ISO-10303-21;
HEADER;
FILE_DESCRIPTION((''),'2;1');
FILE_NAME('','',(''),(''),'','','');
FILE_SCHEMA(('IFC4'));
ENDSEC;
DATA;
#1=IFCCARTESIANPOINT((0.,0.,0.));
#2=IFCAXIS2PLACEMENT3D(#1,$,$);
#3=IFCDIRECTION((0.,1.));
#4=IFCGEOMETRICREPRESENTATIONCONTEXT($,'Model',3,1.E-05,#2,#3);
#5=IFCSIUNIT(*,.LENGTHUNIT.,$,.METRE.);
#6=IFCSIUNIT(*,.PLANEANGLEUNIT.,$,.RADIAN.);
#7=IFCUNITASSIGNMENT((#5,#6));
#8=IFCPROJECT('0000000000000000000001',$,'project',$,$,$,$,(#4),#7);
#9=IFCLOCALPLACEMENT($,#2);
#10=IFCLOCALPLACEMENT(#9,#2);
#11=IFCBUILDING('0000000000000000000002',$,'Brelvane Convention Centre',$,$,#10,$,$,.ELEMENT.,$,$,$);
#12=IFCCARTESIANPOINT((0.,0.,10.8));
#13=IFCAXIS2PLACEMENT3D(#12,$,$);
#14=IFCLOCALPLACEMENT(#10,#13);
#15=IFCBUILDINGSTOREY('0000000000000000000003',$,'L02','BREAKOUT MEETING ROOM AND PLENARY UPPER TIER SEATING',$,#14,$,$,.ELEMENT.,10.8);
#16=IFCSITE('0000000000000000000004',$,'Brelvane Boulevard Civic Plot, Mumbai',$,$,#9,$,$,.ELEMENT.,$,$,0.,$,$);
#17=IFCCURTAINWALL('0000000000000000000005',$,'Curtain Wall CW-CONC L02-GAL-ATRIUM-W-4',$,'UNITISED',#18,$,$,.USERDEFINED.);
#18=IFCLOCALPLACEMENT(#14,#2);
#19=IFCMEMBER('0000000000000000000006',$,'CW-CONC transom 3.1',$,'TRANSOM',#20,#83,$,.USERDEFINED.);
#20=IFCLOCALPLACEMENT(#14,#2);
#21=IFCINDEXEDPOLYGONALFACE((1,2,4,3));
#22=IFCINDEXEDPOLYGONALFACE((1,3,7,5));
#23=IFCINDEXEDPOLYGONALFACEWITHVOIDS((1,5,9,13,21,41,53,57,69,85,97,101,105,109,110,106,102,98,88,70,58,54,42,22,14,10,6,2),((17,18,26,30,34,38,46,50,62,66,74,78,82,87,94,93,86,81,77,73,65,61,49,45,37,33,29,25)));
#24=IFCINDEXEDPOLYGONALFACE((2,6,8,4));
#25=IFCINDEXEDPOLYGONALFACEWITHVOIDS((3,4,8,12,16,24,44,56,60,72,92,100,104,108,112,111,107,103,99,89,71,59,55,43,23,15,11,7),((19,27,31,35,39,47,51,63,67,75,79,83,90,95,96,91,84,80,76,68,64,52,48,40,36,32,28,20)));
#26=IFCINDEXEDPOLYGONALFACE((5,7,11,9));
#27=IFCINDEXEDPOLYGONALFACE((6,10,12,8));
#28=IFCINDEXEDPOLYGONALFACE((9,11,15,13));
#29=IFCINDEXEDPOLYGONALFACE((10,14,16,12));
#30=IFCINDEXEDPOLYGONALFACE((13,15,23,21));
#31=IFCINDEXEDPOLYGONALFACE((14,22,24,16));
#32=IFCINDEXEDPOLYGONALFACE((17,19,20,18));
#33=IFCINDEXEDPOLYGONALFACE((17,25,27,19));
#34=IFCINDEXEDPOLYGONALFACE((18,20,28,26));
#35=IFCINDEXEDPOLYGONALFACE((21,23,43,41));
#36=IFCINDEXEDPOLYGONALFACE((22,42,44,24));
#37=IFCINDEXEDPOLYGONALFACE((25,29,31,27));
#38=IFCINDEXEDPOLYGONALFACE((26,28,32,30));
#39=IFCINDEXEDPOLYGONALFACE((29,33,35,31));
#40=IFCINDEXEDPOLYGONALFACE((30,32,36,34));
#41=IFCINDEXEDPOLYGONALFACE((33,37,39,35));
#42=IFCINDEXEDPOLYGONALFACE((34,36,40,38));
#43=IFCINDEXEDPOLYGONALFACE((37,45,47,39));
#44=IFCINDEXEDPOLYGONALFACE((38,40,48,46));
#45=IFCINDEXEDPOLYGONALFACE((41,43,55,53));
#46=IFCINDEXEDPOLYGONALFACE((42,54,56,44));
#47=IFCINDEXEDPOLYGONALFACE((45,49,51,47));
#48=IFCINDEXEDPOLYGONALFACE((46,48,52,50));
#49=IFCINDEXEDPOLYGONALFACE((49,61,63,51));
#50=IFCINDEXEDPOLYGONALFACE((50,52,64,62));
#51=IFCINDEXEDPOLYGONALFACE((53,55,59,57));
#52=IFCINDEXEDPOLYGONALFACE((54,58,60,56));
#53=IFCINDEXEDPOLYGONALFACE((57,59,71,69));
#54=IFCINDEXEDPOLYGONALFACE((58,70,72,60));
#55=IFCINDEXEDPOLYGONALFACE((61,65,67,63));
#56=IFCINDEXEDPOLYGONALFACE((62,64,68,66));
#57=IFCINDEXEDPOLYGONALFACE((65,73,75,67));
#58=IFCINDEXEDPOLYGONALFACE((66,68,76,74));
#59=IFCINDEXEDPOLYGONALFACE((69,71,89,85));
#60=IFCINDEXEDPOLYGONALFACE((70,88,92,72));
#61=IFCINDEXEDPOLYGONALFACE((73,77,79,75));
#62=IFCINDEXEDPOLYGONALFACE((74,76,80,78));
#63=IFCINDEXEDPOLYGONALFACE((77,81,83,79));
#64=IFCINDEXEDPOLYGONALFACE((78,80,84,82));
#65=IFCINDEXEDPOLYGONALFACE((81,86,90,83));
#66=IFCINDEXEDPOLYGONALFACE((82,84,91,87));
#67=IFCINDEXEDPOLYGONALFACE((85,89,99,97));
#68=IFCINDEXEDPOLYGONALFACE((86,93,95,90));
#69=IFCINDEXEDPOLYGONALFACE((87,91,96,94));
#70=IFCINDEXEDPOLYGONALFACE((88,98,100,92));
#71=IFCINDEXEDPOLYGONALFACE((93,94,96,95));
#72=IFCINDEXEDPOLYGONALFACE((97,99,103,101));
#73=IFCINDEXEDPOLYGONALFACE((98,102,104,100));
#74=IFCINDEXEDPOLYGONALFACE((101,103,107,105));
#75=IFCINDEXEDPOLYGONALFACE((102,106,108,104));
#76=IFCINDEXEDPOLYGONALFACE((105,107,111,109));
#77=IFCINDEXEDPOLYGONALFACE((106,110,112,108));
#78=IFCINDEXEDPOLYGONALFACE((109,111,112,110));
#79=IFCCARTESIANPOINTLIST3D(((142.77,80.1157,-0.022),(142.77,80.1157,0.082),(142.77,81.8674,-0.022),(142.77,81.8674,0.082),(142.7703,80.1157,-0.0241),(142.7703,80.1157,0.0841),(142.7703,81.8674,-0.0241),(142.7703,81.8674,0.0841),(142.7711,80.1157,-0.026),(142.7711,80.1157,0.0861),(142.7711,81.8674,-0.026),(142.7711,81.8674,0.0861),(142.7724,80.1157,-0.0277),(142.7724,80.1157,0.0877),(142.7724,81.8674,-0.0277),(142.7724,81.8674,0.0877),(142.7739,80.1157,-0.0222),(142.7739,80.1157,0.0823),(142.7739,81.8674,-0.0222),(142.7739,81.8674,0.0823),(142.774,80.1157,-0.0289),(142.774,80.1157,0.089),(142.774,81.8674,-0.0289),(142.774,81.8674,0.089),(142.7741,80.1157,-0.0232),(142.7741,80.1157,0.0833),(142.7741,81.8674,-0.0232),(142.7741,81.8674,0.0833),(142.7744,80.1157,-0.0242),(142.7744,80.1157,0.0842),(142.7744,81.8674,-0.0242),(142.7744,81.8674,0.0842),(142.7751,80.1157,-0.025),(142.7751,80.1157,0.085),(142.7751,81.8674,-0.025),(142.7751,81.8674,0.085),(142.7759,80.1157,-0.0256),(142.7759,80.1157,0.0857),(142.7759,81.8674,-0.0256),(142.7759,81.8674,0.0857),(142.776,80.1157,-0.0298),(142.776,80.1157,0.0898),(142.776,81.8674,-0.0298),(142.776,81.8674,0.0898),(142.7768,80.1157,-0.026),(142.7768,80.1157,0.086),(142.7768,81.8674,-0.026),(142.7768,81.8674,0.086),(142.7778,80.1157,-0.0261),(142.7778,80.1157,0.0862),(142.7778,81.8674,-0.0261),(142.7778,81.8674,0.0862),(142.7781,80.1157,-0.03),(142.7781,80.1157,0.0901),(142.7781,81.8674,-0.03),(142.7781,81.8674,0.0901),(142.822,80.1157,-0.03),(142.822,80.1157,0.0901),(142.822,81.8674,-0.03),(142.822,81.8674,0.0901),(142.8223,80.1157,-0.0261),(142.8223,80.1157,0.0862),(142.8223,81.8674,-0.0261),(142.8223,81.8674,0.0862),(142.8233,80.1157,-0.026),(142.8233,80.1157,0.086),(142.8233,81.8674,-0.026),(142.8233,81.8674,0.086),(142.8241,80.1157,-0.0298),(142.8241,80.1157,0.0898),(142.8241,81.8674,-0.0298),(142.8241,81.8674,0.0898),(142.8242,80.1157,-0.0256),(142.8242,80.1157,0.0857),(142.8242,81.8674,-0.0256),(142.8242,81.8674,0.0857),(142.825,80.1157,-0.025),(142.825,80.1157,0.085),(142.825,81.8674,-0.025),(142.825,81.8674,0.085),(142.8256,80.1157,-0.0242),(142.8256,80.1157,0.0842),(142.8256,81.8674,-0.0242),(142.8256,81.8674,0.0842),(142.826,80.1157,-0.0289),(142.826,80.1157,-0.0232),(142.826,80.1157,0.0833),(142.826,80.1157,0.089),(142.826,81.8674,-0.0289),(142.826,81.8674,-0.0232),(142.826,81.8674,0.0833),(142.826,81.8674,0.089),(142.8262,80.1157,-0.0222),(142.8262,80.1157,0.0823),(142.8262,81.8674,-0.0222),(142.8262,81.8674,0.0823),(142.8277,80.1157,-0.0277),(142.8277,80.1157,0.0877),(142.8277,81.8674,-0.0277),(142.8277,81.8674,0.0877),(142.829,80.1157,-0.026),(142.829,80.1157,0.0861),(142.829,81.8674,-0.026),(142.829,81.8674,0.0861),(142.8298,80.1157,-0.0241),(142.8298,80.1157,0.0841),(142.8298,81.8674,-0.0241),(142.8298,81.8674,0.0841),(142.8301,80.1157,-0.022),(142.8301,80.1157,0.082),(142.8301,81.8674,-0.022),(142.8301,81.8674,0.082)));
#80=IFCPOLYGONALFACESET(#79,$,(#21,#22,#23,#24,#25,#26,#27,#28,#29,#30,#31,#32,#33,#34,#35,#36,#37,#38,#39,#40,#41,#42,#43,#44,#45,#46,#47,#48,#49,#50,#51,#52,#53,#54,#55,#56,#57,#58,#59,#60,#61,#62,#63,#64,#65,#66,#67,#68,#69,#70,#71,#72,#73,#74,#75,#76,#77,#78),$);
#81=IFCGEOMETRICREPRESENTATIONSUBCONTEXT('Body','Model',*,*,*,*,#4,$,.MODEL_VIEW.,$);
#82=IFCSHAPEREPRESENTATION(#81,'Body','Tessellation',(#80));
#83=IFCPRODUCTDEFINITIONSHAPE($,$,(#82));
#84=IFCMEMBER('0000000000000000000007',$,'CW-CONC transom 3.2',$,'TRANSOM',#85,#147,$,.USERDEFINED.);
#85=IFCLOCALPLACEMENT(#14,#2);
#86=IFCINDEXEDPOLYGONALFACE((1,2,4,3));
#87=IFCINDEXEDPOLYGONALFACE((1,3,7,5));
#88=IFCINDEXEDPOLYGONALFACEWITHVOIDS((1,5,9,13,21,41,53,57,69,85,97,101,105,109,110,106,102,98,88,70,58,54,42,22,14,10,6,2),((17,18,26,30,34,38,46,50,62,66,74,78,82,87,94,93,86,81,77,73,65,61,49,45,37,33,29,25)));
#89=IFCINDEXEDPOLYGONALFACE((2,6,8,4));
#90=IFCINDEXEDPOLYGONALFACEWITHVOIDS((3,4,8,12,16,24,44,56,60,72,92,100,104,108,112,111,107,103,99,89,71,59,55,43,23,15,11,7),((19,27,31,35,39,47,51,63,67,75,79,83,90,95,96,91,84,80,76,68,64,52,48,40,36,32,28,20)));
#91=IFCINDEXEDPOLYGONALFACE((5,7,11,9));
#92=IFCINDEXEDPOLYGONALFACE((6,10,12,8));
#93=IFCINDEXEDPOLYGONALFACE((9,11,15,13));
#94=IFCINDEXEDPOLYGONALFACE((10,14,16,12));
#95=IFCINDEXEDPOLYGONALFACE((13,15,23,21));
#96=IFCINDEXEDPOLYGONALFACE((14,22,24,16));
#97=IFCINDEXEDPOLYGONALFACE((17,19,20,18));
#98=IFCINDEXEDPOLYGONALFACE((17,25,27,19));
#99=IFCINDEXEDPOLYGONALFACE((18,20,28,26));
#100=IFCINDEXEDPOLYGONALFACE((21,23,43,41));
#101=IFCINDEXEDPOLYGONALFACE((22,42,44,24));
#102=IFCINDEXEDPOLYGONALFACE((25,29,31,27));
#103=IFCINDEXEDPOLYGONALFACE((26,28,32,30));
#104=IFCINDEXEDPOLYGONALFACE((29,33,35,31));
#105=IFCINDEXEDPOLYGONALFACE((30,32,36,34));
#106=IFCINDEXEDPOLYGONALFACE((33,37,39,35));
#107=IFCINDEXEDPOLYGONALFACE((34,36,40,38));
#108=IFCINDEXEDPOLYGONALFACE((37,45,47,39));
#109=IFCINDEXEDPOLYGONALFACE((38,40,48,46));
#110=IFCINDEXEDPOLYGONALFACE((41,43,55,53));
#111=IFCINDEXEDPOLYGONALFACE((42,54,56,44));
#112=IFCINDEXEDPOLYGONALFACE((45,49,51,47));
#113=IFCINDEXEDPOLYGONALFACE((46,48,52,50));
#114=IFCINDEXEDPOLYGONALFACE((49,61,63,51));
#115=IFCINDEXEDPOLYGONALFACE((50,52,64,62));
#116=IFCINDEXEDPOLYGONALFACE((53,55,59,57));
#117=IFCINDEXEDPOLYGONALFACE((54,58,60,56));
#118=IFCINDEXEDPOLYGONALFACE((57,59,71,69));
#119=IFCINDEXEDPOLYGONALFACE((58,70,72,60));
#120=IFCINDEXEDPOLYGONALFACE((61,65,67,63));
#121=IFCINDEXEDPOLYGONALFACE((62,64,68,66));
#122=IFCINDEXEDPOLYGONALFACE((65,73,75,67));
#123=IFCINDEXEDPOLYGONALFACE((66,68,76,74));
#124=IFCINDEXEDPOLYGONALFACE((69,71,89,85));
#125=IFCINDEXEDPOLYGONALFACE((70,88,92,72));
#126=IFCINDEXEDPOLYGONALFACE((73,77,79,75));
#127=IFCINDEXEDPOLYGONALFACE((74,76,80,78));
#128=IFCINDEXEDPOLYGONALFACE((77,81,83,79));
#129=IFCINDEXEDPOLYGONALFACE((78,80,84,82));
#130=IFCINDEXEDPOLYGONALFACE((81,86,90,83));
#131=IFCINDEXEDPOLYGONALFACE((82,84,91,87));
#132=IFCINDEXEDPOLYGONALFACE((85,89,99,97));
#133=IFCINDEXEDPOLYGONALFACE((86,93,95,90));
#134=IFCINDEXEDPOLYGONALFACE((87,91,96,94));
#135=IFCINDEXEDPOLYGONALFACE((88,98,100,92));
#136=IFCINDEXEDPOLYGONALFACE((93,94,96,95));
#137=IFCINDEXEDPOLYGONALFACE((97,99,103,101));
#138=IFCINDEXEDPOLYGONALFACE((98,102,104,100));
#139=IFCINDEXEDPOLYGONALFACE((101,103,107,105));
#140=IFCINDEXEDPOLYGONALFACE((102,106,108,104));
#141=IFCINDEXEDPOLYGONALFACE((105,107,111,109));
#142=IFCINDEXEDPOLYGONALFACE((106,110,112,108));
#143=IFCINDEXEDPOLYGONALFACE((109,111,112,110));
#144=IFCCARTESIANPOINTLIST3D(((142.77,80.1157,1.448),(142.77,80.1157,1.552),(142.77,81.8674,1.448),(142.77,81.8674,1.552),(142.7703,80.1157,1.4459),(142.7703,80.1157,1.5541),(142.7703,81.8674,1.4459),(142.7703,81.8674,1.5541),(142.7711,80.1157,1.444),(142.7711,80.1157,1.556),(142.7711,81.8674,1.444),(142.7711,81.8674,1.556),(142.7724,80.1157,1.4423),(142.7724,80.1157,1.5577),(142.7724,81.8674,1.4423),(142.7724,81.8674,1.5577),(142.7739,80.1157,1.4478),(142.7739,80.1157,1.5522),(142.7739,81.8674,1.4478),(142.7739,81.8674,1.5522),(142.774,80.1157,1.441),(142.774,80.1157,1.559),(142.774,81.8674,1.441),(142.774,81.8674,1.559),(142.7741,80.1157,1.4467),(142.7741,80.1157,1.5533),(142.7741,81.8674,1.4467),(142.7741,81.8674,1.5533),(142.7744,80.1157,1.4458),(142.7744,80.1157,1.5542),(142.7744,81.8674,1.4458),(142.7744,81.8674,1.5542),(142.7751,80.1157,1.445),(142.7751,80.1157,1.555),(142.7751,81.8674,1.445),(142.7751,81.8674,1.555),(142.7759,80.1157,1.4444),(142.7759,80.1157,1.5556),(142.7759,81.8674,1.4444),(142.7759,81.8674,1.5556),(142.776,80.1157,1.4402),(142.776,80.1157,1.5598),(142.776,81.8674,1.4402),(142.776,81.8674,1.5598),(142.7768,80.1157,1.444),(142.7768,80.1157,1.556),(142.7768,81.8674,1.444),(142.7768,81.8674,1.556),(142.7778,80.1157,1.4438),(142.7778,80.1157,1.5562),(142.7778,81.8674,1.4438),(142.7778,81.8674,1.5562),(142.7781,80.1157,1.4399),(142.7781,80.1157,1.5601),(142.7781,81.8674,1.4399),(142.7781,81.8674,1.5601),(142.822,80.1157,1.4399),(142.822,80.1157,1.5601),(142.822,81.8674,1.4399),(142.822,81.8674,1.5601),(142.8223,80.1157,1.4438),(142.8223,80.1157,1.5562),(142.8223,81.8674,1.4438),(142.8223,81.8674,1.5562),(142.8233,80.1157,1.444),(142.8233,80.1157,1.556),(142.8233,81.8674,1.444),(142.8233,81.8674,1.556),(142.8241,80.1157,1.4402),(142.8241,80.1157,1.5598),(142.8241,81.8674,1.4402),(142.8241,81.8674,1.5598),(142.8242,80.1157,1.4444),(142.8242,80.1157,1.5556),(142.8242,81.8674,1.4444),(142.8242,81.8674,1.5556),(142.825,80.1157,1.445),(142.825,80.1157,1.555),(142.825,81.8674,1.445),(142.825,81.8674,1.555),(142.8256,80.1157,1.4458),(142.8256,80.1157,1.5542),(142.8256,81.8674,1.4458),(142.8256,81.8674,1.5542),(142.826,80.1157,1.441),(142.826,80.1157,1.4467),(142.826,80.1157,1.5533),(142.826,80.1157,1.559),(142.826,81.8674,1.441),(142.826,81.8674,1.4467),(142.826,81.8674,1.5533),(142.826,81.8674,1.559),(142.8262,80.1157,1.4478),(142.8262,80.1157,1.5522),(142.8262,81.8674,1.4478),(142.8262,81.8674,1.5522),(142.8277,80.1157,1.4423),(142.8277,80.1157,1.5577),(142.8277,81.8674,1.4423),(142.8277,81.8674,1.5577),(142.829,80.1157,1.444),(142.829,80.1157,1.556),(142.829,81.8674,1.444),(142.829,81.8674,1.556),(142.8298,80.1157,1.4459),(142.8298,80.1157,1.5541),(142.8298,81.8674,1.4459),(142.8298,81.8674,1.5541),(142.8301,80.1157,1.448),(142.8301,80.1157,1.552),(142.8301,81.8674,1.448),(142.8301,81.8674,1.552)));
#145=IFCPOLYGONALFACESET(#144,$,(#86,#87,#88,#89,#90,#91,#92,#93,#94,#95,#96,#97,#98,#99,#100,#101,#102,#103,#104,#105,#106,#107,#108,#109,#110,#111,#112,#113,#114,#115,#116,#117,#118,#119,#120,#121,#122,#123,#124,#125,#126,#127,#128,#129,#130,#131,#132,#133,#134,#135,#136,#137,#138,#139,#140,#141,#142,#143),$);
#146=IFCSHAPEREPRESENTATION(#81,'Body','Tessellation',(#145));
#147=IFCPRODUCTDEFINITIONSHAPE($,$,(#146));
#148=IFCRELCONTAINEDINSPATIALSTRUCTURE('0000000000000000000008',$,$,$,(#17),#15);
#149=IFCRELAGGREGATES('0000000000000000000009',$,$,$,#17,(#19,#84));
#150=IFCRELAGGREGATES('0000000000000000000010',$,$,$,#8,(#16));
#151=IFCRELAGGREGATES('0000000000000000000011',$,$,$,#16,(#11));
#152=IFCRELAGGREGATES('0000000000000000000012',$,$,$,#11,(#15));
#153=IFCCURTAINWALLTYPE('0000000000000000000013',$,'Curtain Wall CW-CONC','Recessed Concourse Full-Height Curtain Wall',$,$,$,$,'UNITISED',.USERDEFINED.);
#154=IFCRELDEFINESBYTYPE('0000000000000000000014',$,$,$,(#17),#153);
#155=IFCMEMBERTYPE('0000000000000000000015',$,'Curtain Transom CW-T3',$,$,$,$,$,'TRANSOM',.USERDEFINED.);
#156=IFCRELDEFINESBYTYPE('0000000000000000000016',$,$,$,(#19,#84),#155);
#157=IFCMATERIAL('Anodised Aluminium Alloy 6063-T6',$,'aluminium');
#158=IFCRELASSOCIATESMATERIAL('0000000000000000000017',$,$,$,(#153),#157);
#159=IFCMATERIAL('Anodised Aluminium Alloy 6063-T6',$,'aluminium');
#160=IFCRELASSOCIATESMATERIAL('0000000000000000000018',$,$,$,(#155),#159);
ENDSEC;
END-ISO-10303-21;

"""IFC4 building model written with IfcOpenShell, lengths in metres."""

from ifc_helpers import new_model, si_unit, direction, frame, origin, origin_2d, place, context, subcontext, project, spatial, hollow_rectangle, extrude, material, material_profile, profile_set, type_object, element, aggregate, save


model = new_model("IFC4")

# Units and contexts
model_context = context("Model", 3, precision=1e-05, world=origin(), true_north=direction((0.0, 1.0)))
body_context = subcontext(model_context, "Body", "Model", "MODEL_VIEW")
ifc_project = project(units=[si_unit("LENGTHUNIT", "METRE"), si_unit("PLANEANGLEUNIT", "RADIAN")], contexts=[model_context])

# Site, building, storey
site_placement = place(None, origin())
site = spatial("IfcSite", under=ifc_project, at=site_placement, Name="Brelvane Boulevard Civic Plot, Mumbai", CompositionType="ELEMENT", RefElevation=0.0)
building_placement = place(site_placement, origin())
building = spatial("IfcBuilding", under=site, at=building_placement, Name="Brelvane Convention Centre", CompositionType="ELEMENT")
storey_placement = place(building_placement, frame((0.0, 0.0, 10.8)))
storey = spatial("IfcBuildingStorey", under=building, at=storey_placement, Name="L02", Description="BREAKOUT MEETING ROOM AND PLENARY UPPER TIER SEATING", CompositionType="ELEMENT", Elevation=10.8)

# Curtain wall
ifc_material_1 = material(Name="Anodised Aluminium Alloy 6063-T6", Category="aluminium")
curtain_wall_type = type_object("IfcCurtainWallType", Name="Curtain Wall CW-CONC", Description="Recessed Concourse Full-Height Curtain Wall", ElementType="UNITISED", PredefinedType="USERDEFINED", material=ifc_material_1)
curtain_wall_1_placement = place(storey_placement, origin())
curtain_wall_1 = element("IfcCurtainWall", 1, at=curtain_wall_1_placement, inside=storey, type_object=curtain_wall_type, Name="Curtain Wall CW-CONC L02-GAL-ATRIUM-W-4", ObjectType="UNITISED", PredefinedType="USERDEFINED")

# Members
ifc_material_2 = material(Name="Anodised Aluminium Alloy 6063-T6", Category="aluminium")
ifc_material_profile_1 = material_profile(ifc_material_2, hollow_rectangle(XDim=0.0601, YDim=0.1201, WallThickness=0.0039, InnerFilletRadius=0.0039, OuterFilletRadius=0.0081, at=origin_2d()), Name="ALU-T 120x60x4.0")
ifc_profile_set_1 = profile_set([ifc_material_profile_1], Name="Anodised Aluminium Alloy 6063-T6")
member_type_1 = type_object("IfcMemberType", Name="Curtain Transom CW-T3", ElementType="TRANSOM", PredefinedType="USERDEFINED", material=ifc_profile_set_1)
member_1_placement = place(storey_placement, frame((142.8, 80.1157, 0.03), z_axis=(0.0, 1.0, 0.0), x_axis=(-1.0, 0.0, 0.0)))
member_1 = element("IfcMember", 2, at=member_1_placement, type_object=member_type_1, Name="CW-CONC transom 3.1", ObjectType="TRANSOM", PredefinedType="USERDEFINED", context=body_context, shape_type="SweptSolid", body=[
    extrude(hollow_rectangle(XDim=0.0601, YDim=0.1201, WallThickness=0.0039, InnerFilletRadius=0.0039, OuterFilletRadius=0.0081, at=origin_2d()), origin(), (0.0, 0.0, 1.0), 1.7517),
])
member_2_placement = place(storey_placement, frame((142.8, 80.1157, 1.5), z_axis=(0.0, 1.0, 0.0), x_axis=(-1.0, 0.0, 0.0)))
member_2 = element("IfcMember", 3, at=member_2_placement, type_object=member_type_1, Name="CW-CONC transom 3.2", ObjectType="TRANSOM", PredefinedType="USERDEFINED", context=body_context, shape_type="SweptSolid", body=[
    extrude(hollow_rectangle(XDim=0.0601, YDim=0.1201, WallThickness=0.0039, InnerFilletRadius=0.0039, OuterFilletRadius=0.0081, at=origin_2d()), origin(), (0.0, 0.0, 1.0), 1.7517),
])

aggregate(curtain_wall_1, [member_1, member_2])

save(model, "model.ifc")
